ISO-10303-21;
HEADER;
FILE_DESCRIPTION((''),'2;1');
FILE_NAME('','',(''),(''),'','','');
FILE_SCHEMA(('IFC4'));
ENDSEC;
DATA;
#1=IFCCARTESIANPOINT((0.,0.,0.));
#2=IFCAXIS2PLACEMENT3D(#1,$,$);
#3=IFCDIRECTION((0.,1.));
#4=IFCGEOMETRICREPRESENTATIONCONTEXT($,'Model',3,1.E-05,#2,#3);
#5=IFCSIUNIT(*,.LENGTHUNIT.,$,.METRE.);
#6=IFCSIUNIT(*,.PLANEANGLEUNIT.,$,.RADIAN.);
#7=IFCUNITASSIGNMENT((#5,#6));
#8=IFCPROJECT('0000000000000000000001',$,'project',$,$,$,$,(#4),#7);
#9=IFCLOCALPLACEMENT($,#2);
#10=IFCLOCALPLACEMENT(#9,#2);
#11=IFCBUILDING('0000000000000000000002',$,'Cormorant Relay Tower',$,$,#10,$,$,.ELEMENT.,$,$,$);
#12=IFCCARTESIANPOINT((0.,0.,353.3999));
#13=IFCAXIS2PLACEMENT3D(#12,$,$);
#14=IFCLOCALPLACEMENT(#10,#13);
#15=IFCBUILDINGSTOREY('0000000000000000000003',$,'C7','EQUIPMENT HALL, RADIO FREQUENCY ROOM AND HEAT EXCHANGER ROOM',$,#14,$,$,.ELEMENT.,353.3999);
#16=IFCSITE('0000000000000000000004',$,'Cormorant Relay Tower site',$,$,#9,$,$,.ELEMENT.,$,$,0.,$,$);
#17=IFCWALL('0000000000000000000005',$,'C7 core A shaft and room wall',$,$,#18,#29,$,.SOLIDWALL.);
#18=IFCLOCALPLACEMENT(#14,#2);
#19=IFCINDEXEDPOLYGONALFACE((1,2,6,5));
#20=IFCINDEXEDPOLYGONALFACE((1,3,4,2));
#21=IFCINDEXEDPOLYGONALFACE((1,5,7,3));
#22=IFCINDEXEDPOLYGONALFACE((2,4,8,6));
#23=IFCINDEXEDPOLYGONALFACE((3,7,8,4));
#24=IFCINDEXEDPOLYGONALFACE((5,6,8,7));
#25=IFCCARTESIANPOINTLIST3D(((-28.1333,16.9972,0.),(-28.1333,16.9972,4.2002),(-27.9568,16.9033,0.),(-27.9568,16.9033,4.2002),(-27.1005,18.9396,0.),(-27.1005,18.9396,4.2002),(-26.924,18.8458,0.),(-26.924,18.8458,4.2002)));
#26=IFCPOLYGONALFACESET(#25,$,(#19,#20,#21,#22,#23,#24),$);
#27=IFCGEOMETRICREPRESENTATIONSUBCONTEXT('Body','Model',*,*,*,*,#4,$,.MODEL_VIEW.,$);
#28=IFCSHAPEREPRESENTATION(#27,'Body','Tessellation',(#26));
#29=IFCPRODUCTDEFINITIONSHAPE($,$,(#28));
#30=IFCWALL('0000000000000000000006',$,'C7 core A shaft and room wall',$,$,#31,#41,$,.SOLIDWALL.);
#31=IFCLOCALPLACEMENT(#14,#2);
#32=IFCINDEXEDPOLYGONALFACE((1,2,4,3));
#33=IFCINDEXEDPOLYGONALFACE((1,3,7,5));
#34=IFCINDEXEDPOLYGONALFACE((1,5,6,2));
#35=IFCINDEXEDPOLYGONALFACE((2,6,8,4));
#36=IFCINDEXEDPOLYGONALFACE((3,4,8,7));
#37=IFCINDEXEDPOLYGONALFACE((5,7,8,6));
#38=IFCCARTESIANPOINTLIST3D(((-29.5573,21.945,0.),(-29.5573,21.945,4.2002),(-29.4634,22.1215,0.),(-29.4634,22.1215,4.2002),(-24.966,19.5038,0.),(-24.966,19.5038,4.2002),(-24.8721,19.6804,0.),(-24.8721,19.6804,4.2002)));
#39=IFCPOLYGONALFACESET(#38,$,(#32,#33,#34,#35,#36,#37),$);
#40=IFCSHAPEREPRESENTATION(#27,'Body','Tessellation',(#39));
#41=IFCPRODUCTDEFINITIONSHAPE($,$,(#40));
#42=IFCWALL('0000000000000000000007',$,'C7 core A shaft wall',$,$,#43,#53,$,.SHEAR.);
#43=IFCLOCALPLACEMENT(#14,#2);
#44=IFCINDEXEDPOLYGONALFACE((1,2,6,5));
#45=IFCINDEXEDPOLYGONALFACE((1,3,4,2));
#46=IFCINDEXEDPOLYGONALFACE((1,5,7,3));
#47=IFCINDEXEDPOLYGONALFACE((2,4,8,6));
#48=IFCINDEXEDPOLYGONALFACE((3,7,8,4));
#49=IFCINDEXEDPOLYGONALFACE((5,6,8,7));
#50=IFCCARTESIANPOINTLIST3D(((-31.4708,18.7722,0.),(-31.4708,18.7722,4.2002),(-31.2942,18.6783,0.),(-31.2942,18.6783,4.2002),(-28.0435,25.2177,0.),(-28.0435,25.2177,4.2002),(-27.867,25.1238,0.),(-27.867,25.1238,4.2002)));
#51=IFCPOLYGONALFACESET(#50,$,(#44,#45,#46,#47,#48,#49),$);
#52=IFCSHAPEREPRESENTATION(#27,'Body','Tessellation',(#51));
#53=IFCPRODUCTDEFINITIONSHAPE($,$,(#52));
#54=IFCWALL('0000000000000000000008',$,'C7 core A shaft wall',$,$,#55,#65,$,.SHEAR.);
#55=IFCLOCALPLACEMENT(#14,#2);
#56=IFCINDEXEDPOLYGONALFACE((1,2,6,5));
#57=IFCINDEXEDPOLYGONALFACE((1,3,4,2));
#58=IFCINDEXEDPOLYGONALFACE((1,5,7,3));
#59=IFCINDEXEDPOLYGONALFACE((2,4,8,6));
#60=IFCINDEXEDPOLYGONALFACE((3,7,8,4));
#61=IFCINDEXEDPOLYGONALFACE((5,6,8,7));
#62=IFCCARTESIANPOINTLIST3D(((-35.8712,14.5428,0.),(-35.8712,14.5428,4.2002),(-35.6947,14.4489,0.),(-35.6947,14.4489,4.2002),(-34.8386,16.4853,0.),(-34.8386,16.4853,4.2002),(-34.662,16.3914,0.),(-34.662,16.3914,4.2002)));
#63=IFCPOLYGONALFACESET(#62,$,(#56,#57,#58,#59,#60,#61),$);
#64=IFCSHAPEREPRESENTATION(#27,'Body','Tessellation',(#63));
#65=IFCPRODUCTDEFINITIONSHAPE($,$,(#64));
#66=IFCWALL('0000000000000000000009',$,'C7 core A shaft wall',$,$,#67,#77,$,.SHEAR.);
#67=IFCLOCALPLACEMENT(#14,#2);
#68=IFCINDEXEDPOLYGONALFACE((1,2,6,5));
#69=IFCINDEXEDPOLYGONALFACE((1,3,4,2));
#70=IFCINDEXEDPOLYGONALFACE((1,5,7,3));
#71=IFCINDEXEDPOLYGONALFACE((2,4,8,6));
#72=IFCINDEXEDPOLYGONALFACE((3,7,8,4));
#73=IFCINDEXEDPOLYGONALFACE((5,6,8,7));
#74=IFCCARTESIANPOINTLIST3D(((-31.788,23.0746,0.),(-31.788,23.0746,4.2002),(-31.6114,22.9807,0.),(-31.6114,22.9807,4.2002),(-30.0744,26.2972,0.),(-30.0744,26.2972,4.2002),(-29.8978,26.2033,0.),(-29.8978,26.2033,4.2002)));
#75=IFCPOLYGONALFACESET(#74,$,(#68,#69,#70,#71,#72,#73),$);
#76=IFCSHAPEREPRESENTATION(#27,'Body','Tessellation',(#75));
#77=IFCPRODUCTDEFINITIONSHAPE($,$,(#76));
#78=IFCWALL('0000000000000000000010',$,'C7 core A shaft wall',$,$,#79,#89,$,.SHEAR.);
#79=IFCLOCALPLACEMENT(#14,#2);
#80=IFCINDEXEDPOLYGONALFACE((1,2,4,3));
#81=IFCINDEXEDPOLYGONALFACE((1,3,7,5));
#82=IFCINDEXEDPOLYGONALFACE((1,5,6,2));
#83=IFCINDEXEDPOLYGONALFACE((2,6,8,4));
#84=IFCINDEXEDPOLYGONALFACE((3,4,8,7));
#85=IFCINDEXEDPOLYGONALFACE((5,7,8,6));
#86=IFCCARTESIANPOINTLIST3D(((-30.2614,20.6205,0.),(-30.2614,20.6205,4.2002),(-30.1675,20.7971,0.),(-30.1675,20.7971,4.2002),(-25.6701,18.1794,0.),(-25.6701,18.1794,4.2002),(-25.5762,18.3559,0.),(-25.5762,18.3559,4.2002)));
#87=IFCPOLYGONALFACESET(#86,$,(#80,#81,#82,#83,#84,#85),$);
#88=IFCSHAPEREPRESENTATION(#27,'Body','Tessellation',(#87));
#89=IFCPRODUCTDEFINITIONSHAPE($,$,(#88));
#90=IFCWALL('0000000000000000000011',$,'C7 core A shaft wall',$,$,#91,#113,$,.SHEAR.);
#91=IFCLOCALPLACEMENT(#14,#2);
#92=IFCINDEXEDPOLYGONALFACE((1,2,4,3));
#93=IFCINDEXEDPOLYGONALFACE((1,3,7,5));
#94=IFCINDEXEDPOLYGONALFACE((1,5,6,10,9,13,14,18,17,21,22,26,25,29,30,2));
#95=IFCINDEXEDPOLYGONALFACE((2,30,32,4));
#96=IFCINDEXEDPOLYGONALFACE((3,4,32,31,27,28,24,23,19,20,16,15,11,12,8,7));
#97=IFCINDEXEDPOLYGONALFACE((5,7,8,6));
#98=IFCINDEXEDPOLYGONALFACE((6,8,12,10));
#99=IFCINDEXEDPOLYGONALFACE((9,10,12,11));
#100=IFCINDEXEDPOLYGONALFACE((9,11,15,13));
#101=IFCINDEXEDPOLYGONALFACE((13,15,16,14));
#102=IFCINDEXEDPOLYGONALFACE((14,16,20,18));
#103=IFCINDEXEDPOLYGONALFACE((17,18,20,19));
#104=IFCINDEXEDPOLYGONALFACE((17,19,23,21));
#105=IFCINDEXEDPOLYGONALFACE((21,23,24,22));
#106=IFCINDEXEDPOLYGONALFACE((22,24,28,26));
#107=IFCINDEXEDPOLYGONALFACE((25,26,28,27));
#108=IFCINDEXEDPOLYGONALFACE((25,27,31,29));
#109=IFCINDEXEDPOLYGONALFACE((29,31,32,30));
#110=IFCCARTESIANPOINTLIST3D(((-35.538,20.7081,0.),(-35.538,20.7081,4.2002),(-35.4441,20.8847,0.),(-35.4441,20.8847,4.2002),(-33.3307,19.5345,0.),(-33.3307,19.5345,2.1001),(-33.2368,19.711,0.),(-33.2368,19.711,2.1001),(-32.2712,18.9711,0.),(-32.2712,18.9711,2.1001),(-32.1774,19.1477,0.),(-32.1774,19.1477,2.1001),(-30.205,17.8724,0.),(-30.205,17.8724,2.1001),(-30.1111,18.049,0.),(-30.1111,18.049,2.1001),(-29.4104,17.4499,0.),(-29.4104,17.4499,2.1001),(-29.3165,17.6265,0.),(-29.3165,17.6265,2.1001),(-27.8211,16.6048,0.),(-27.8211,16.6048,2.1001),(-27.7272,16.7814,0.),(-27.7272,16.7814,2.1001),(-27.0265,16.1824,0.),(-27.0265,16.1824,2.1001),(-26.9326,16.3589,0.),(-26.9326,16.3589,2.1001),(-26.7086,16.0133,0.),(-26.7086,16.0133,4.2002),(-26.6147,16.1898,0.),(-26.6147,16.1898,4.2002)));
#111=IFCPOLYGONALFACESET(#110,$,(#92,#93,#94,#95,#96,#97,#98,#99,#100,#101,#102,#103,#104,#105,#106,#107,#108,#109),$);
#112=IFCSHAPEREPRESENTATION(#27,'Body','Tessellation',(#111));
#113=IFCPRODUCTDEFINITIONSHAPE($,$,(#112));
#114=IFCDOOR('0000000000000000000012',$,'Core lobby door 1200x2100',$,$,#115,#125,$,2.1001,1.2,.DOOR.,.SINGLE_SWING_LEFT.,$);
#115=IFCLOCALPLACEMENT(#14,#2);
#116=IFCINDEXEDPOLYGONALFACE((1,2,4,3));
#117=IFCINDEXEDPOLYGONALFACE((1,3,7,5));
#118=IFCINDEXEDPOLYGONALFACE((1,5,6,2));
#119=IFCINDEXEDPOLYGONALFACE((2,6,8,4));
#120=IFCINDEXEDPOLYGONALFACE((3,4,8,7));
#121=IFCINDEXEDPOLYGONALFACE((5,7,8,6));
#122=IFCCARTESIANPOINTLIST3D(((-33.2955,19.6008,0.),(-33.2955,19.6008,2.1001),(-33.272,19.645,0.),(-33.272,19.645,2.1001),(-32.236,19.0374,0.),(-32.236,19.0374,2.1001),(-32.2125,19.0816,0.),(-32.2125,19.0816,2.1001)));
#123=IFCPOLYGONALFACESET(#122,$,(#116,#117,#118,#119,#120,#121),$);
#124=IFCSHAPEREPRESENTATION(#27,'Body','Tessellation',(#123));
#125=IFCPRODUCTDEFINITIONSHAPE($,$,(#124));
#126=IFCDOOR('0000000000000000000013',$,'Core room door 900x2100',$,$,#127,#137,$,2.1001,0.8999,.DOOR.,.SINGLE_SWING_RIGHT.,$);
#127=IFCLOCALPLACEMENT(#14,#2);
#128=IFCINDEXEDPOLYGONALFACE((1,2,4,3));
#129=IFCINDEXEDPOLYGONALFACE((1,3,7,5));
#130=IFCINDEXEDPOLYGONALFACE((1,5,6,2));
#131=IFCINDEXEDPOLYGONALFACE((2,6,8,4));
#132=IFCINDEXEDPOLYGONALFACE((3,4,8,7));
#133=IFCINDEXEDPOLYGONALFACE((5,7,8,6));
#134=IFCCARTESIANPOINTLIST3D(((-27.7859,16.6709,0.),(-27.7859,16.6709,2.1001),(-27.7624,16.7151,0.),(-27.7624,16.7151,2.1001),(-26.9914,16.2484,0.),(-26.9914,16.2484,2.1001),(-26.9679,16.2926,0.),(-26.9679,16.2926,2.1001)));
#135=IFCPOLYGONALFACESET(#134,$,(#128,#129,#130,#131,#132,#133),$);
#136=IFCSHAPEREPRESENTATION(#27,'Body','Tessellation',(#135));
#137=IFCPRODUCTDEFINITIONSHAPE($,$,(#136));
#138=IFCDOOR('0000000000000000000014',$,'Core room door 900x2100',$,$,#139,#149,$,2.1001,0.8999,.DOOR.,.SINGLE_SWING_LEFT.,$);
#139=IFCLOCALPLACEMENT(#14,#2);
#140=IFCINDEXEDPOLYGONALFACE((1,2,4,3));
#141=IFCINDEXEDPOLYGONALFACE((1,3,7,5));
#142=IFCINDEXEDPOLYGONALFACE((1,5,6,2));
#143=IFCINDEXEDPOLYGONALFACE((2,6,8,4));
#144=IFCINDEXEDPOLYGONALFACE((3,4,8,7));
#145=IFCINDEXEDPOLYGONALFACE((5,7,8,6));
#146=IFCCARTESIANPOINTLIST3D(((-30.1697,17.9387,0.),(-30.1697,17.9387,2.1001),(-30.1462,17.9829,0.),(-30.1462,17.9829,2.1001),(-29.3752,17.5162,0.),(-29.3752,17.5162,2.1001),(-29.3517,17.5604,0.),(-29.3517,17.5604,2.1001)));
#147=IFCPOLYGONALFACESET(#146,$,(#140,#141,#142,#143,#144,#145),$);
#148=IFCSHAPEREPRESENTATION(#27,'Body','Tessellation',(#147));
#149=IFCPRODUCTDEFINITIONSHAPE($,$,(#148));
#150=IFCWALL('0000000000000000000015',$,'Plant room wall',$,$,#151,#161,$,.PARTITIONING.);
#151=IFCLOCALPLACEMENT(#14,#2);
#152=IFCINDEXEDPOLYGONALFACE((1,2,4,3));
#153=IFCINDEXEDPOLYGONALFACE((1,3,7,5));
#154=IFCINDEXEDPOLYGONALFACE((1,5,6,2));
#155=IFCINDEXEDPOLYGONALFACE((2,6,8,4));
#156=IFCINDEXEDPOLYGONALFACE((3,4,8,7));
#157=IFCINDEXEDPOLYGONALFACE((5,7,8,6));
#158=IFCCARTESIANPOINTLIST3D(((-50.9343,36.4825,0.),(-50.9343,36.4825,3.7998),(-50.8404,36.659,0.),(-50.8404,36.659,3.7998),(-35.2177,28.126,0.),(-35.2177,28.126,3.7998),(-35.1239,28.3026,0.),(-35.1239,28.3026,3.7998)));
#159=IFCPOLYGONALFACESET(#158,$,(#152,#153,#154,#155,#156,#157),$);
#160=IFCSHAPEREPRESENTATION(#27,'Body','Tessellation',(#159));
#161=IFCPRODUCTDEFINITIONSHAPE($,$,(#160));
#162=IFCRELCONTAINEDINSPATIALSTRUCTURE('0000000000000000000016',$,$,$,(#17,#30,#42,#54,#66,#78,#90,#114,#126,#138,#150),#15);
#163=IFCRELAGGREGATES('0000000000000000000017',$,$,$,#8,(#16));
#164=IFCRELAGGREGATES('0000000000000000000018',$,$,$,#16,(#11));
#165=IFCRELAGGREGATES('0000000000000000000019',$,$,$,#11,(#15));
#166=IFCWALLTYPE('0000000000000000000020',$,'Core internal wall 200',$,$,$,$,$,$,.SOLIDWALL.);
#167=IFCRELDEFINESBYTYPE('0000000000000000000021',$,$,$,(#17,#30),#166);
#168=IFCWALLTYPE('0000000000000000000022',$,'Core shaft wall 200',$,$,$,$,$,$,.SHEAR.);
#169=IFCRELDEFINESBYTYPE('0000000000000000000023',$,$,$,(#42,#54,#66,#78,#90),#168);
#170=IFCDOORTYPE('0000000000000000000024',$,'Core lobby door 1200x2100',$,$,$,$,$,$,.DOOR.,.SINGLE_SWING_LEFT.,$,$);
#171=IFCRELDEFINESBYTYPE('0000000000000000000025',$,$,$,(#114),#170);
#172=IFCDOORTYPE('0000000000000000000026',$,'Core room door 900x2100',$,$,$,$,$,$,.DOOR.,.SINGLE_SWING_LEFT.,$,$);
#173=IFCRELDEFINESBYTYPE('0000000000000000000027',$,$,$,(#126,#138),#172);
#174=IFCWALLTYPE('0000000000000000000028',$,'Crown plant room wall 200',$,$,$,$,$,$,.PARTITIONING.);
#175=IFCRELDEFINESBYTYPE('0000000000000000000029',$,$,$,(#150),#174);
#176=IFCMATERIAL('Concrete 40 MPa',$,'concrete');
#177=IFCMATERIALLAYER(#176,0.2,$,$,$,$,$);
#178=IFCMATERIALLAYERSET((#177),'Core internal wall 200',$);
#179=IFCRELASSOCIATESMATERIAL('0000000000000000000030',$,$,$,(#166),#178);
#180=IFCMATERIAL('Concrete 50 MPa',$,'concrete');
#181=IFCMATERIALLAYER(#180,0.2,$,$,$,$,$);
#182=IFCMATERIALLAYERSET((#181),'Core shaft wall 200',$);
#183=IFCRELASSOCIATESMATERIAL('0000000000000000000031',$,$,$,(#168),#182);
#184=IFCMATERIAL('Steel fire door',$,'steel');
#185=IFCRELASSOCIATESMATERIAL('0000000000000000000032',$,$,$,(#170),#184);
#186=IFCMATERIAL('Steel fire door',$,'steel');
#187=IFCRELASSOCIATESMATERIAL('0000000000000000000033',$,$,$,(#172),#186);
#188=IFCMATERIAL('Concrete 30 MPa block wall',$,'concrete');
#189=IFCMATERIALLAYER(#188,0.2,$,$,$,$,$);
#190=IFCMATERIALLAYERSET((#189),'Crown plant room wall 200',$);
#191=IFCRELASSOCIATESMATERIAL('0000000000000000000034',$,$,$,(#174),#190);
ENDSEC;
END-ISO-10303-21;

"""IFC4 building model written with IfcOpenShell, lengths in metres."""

from ifc_helpers import new_model, si_unit, direction, frame, frame_2d, origin, place, context, subcontext, project, spatial, rectangle, extrude, material, layer, layer_set, type_object, element, fill, save


model = new_model("IFC4")

# Units and contexts
model_context = context("Model", 3, precision=1e-05, world=origin(), true_north=direction((0.0, 1.0)))
body_context = subcontext(model_context, "Body", "Model", "MODEL_VIEW")
ifc_project = project(units=[si_unit("LENGTHUNIT", "METRE"), si_unit("PLANEANGLEUNIT", "RADIAN")], contexts=[model_context])

# Site, building, storey
site_placement = place(None, origin())
site = spatial("IfcSite", under=ifc_project, at=site_placement, Name="Cormorant Relay Tower site", CompositionType="ELEMENT", RefElevation=0.0)
building_placement = place(site_placement, origin())
building = spatial("IfcBuilding", under=site, at=building_placement, Name="Cormorant Relay Tower", CompositionType="ELEMENT")
storey_placement = place(building_placement, frame((0.0, 0.0, 353.3999)))
storey = spatial("IfcBuildingStorey", under=building, at=storey_placement, Name="C7", Description="EQUIPMENT HALL, RADIO FREQUENCY ROOM AND HEAT EXCHANGER ROOM", CompositionType="ELEMENT", Elevation=353.3999)

# Walls
ifc_material_1 = material(Name="Concrete 40 MPa", Category="concrete")
ifc_layer_1 = layer(ifc_material_1, 0.2)
ifc_layer_set_1 = layer_set([ifc_layer_1], Name="Core internal wall 200")
wall_type_1 = type_object("IfcWallType", Name="Core internal wall 200", PredefinedType="SOLIDWALL", material=ifc_layer_set_1)
wall_1_placement = place(storey_placement, frame((-27.0122, 18.8928, 0.0), z_axis=(0.0, 0.0, 1.0), x_axis=(-0.469447, -0.88296, 0.0)))
element("IfcWall", 1, at=wall_1_placement, inside=storey, type_object=wall_type_1, Name="C7 core A shaft and room wall", PredefinedType="SOLIDWALL", context=body_context, shape_type="SweptSolid", body=[
    extrude(rectangle(XDim=2.2, YDim=0.2, at=frame_2d((1.1001, 0.0))), origin(), (0.0, 0.0, 1.0), 4.2002),
])
wall_2_placement = place(storey_placement, frame((-24.9189, 19.592, 0.0), z_axis=(0.0, 0.0, 1.0), x_axis=(-0.882954, 0.46946, 0.0)))
element("IfcWall", 2, at=wall_2_placement, inside=storey, type_object=wall_type_1, Name="C7 core A shaft and room wall", PredefinedType="SOLIDWALL", context=body_context, shape_type="SweptSolid", body=[
    extrude(rectangle(XDim=5.2, YDim=0.2, at=frame_2d((2.6001, 0.0))), origin(), (0.0, 0.0, 1.0), 4.2002),
])
ifc_material_2 = material(Name="Concrete 50 MPa", Category="concrete")
ifc_layer_2 = layer(ifc_material_2, 0.2)
ifc_layer_set_2 = layer_set([ifc_layer_2], Name="Core shaft wall 200")
wall_type_2 = type_object("IfcWallType", Name="Core shaft wall 200", PredefinedType="SHEAR", material=ifc_layer_set_2)
wall_3_placement = place(storey_placement, frame((-27.9553, 25.1707, 0.0), z_axis=(0.0, 0.0, 1.0), x_axis=(-0.46948, -0.882943, 0.0)))
element("IfcWall", 3, at=wall_3_placement, inside=storey, type_object=wall_type_2, Name="C7 core A shaft wall", PredefinedType="SHEAR", context=body_context, shape_type="SweptSolid", body=[
    extrude(rectangle(XDim=7.3, YDim=0.2, at=frame_2d((3.6499, 0.0))), origin(), (0.0, 0.0, 1.0), 4.2002),
])
wall_4_placement = place(storey_placement, frame((-34.7502, 16.4385, 0.0), z_axis=(0.0, 0.0, 1.0), x_axis=(-0.469401, -0.882985, 0.0)))
element("IfcWall", 4, at=wall_4_placement, inside=storey, type_object=wall_type_2, Name="C7 core A shaft wall", PredefinedType="SHEAR", context=body_context, shape_type="SweptSolid", body=[
    extrude(rectangle(XDim=2.2, YDim=0.2, at=frame_2d((1.1001, 0.0))), origin(), (0.0, 0.0, 1.0), 4.2002),
])
wall_5_placement = place(storey_placement, frame((-29.9861, 26.2502, 0.0), z_axis=(0.0, 0.0, 1.0), x_axis=(-0.469494, -0.882936, 0.0)))
element("IfcWall", 5, at=wall_5_placement, inside=storey, type_object=wall_type_2, Name="C7 core A shaft wall", PredefinedType="SHEAR", context=body_context, shape_type="SweptSolid", body=[
    extrude(rectangle(XDim=3.6499, YDim=0.2, at=frame_2d((1.825, 0.0))), origin(), (0.0, 0.0, 1.0), 4.2002),
])

# Wall
wall_6_placement = place(storey_placement, frame((-25.623, 18.2676, 0.0), z_axis=(0.0, 0.0, 1.0), x_axis=(-0.882954, 0.46946, 0.0)))
element("IfcWall", 6, at=wall_6_placement, inside=storey, type_object=wall_type_2, Name="C7 core A shaft wall", PredefinedType="SHEAR", context=body_context, shape_type="SweptSolid", body=[
    extrude(rectangle(XDim=5.2, YDim=0.2, at=frame_2d((2.6001, 0.0))), origin(), (0.0, 0.0, 1.0), 4.2002),
])

# Wall, openings, doors
wall_7_placement = place(storey_placement, frame((-26.6616, 16.1016, 0.0), z_axis=(0.0, 0.0, 1.0), x_axis=(-0.88294, 0.469485, 0.0)))
wall_7 = element("IfcWall", 7, at=wall_7_placement, inside=storey, type_object=wall_type_2, Name="C7 core A shaft wall", PredefinedType="SHEAR", context=body_context, shape_type="SweptSolid", body=[
    extrude(rectangle(XDim=10.0, YDim=0.2, at=frame_2d((5.0, 0.0))), origin(), (0.0, 0.0, 1.0), 4.2002),
])
opening_1_placement = place(wall_7_placement, frame((6.3, 0.0, 0.0)))
opening_1 = element("IfcOpeningElement", 8, at=opening_1_placement, cuts=wall_7, PredefinedType="OPENING", context=body_context, shape_type="SweptSolid", body=[
    extrude(rectangle(XDim=1.2, YDim=2.1001, at=frame_2d((0.6001, 1.05))), frame((0.0, 0.1099, 0.0), z_axis=(0.0, -1.0, 0.0), x_axis=(1.0, 0.0, 0.0)), (0.0, 0.0, 1.0), 0.22),
])
opening_2_placement = place(wall_7_placement, frame((0.3601, 0.0, 0.0)))
opening_2 = element("IfcOpeningElement", 9, at=opening_2_placement, cuts=wall_7, PredefinedType="OPENING", context=body_context, shape_type="SweptSolid", body=[
    extrude(rectangle(XDim=0.8999, YDim=2.1001, at=frame_2d((0.45, 1.05))), frame((0.0, 0.1099, 0.0), z_axis=(0.0, -1.0, 0.0), x_axis=(1.0, 0.0, 0.0)), (0.0, 0.0, 1.0), 0.22),
])
opening_3_placement = place(wall_7_placement, frame((3.0601, 0.0, 0.0)))
opening_3 = element("IfcOpeningElement", 10, at=opening_3_placement, cuts=wall_7, PredefinedType="OPENING", context=body_context, shape_type="SweptSolid", body=[
    extrude(rectangle(XDim=0.8999, YDim=2.1001, at=frame_2d((0.45, 1.05))), frame((0.0, 0.1099, 0.0), z_axis=(0.0, -1.0, 0.0), x_axis=(1.0, 0.0, 0.0)), (0.0, 0.0, 1.0), 0.22),
])
ifc_material_3 = material(Name="Steel fire door", Category="steel")
door_type_1 = type_object("IfcDoorType", Name="Core lobby door 1200x2100", OperationType="SINGLE_SWING_LEFT", PredefinedType="DOOR", material=ifc_material_3)
door_1_placement = place(opening_1_placement, origin())
door_1 = element("IfcDoor", 11, at=door_1_placement, inside=storey, type_object=door_type_1, Name="Core lobby door 1200x2100", OperationType="SINGLE_SWING_LEFT", OverallHeight=2.1001, OverallWidth=1.2, PredefinedType="DOOR", context=body_context, shape_type="SweptSolid", body=[
    extrude(rectangle(XDim=1.2, YDim=2.1001, at=frame_2d((0.6001, 1.05))), frame((0.0, 0.0249, 0.0), z_axis=(0.0, -1.0, 0.0), x_axis=(1.0, 0.0, 0.0)), (0.0, 0.0, 1.0), 0.05),
])
fill(opening_1, door_1)
ifc_material_4 = material(Name="Steel fire door", Category="steel")
door_type_2 = type_object("IfcDoorType", Name="Core room door 900x2100", OperationType="SINGLE_SWING_LEFT", PredefinedType="DOOR", material=ifc_material_4)
door_2_placement = place(opening_2_placement, frame((0.8999, 0.0, 0.0), z_axis=(0.0, 0.0, 1.0), x_axis=(-1.0, 0.0, 0.0)))
door_2 = element("IfcDoor", 12, at=door_2_placement, inside=storey, type_object=door_type_2, Name="Core room door 900x2100", OperationType="SINGLE_SWING_RIGHT", OverallHeight=2.1001, OverallWidth=0.8999, PredefinedType="DOOR", context=body_context, shape_type="SweptSolid", body=[
    extrude(rectangle(XDim=0.8999, YDim=2.1001, at=frame_2d((0.45, 1.05))), frame((0.0, 0.0249, 0.0), z_axis=(0.0, -1.0, 0.0), x_axis=(1.0, 0.0, 0.0)), (0.0, 0.0, 1.0), 0.05),
])
fill(opening_2, door_2)
door_3_placement = place(opening_3_placement, origin())
door_3 = element("IfcDoor", 13, at=door_3_placement, inside=storey, type_object=door_type_2, Name="Core room door 900x2100", OperationType="SINGLE_SWING_LEFT", OverallHeight=2.1001, OverallWidth=0.8999, PredefinedType="DOOR", context=body_context, shape_type="SweptSolid", body=[
    extrude(rectangle(XDim=0.8999, YDim=2.1001, at=frame_2d((0.45, 1.05))), frame((0.0, 0.0249, 0.0), z_axis=(0.0, -1.0, 0.0), x_axis=(1.0, 0.0, 0.0)), (0.0, 0.0, 1.0), 0.05),
])
fill(opening_3, door_3)

# Wall
ifc_material_5 = material(Name="Concrete 30 MPa block wall", Category="concrete")
ifc_layer_3 = layer(ifc_material_5, 0.2)
ifc_layer_set_3 = layer_set([ifc_layer_3], Name="Crown plant room wall 200")
wall_type_3 = type_object("IfcWallType", Name="Crown plant room wall 200", PredefinedType="PARTITIONING", material=ifc_layer_set_3)
wall_8_placement = place(storey_placement, frame((-35.1709, 28.2144, 0.0), z_axis=(0.0, 0.0, 1.0), x_axis=(-0.882952, 0.469463, 0.0)))
element("IfcWall", 14, at=wall_8_placement, inside=storey, type_object=wall_type_3, Name="Plant room wall", PredefinedType="PARTITIONING", context=body_context, shape_type="SweptSolid", body=[
    extrude(rectangle(XDim=17.8, YDim=0.2, at=frame_2d((8.8999, 0.0))), origin(), (0.0, 0.0, 1.0), 3.7998),
])

save(model, "model.ifc")
